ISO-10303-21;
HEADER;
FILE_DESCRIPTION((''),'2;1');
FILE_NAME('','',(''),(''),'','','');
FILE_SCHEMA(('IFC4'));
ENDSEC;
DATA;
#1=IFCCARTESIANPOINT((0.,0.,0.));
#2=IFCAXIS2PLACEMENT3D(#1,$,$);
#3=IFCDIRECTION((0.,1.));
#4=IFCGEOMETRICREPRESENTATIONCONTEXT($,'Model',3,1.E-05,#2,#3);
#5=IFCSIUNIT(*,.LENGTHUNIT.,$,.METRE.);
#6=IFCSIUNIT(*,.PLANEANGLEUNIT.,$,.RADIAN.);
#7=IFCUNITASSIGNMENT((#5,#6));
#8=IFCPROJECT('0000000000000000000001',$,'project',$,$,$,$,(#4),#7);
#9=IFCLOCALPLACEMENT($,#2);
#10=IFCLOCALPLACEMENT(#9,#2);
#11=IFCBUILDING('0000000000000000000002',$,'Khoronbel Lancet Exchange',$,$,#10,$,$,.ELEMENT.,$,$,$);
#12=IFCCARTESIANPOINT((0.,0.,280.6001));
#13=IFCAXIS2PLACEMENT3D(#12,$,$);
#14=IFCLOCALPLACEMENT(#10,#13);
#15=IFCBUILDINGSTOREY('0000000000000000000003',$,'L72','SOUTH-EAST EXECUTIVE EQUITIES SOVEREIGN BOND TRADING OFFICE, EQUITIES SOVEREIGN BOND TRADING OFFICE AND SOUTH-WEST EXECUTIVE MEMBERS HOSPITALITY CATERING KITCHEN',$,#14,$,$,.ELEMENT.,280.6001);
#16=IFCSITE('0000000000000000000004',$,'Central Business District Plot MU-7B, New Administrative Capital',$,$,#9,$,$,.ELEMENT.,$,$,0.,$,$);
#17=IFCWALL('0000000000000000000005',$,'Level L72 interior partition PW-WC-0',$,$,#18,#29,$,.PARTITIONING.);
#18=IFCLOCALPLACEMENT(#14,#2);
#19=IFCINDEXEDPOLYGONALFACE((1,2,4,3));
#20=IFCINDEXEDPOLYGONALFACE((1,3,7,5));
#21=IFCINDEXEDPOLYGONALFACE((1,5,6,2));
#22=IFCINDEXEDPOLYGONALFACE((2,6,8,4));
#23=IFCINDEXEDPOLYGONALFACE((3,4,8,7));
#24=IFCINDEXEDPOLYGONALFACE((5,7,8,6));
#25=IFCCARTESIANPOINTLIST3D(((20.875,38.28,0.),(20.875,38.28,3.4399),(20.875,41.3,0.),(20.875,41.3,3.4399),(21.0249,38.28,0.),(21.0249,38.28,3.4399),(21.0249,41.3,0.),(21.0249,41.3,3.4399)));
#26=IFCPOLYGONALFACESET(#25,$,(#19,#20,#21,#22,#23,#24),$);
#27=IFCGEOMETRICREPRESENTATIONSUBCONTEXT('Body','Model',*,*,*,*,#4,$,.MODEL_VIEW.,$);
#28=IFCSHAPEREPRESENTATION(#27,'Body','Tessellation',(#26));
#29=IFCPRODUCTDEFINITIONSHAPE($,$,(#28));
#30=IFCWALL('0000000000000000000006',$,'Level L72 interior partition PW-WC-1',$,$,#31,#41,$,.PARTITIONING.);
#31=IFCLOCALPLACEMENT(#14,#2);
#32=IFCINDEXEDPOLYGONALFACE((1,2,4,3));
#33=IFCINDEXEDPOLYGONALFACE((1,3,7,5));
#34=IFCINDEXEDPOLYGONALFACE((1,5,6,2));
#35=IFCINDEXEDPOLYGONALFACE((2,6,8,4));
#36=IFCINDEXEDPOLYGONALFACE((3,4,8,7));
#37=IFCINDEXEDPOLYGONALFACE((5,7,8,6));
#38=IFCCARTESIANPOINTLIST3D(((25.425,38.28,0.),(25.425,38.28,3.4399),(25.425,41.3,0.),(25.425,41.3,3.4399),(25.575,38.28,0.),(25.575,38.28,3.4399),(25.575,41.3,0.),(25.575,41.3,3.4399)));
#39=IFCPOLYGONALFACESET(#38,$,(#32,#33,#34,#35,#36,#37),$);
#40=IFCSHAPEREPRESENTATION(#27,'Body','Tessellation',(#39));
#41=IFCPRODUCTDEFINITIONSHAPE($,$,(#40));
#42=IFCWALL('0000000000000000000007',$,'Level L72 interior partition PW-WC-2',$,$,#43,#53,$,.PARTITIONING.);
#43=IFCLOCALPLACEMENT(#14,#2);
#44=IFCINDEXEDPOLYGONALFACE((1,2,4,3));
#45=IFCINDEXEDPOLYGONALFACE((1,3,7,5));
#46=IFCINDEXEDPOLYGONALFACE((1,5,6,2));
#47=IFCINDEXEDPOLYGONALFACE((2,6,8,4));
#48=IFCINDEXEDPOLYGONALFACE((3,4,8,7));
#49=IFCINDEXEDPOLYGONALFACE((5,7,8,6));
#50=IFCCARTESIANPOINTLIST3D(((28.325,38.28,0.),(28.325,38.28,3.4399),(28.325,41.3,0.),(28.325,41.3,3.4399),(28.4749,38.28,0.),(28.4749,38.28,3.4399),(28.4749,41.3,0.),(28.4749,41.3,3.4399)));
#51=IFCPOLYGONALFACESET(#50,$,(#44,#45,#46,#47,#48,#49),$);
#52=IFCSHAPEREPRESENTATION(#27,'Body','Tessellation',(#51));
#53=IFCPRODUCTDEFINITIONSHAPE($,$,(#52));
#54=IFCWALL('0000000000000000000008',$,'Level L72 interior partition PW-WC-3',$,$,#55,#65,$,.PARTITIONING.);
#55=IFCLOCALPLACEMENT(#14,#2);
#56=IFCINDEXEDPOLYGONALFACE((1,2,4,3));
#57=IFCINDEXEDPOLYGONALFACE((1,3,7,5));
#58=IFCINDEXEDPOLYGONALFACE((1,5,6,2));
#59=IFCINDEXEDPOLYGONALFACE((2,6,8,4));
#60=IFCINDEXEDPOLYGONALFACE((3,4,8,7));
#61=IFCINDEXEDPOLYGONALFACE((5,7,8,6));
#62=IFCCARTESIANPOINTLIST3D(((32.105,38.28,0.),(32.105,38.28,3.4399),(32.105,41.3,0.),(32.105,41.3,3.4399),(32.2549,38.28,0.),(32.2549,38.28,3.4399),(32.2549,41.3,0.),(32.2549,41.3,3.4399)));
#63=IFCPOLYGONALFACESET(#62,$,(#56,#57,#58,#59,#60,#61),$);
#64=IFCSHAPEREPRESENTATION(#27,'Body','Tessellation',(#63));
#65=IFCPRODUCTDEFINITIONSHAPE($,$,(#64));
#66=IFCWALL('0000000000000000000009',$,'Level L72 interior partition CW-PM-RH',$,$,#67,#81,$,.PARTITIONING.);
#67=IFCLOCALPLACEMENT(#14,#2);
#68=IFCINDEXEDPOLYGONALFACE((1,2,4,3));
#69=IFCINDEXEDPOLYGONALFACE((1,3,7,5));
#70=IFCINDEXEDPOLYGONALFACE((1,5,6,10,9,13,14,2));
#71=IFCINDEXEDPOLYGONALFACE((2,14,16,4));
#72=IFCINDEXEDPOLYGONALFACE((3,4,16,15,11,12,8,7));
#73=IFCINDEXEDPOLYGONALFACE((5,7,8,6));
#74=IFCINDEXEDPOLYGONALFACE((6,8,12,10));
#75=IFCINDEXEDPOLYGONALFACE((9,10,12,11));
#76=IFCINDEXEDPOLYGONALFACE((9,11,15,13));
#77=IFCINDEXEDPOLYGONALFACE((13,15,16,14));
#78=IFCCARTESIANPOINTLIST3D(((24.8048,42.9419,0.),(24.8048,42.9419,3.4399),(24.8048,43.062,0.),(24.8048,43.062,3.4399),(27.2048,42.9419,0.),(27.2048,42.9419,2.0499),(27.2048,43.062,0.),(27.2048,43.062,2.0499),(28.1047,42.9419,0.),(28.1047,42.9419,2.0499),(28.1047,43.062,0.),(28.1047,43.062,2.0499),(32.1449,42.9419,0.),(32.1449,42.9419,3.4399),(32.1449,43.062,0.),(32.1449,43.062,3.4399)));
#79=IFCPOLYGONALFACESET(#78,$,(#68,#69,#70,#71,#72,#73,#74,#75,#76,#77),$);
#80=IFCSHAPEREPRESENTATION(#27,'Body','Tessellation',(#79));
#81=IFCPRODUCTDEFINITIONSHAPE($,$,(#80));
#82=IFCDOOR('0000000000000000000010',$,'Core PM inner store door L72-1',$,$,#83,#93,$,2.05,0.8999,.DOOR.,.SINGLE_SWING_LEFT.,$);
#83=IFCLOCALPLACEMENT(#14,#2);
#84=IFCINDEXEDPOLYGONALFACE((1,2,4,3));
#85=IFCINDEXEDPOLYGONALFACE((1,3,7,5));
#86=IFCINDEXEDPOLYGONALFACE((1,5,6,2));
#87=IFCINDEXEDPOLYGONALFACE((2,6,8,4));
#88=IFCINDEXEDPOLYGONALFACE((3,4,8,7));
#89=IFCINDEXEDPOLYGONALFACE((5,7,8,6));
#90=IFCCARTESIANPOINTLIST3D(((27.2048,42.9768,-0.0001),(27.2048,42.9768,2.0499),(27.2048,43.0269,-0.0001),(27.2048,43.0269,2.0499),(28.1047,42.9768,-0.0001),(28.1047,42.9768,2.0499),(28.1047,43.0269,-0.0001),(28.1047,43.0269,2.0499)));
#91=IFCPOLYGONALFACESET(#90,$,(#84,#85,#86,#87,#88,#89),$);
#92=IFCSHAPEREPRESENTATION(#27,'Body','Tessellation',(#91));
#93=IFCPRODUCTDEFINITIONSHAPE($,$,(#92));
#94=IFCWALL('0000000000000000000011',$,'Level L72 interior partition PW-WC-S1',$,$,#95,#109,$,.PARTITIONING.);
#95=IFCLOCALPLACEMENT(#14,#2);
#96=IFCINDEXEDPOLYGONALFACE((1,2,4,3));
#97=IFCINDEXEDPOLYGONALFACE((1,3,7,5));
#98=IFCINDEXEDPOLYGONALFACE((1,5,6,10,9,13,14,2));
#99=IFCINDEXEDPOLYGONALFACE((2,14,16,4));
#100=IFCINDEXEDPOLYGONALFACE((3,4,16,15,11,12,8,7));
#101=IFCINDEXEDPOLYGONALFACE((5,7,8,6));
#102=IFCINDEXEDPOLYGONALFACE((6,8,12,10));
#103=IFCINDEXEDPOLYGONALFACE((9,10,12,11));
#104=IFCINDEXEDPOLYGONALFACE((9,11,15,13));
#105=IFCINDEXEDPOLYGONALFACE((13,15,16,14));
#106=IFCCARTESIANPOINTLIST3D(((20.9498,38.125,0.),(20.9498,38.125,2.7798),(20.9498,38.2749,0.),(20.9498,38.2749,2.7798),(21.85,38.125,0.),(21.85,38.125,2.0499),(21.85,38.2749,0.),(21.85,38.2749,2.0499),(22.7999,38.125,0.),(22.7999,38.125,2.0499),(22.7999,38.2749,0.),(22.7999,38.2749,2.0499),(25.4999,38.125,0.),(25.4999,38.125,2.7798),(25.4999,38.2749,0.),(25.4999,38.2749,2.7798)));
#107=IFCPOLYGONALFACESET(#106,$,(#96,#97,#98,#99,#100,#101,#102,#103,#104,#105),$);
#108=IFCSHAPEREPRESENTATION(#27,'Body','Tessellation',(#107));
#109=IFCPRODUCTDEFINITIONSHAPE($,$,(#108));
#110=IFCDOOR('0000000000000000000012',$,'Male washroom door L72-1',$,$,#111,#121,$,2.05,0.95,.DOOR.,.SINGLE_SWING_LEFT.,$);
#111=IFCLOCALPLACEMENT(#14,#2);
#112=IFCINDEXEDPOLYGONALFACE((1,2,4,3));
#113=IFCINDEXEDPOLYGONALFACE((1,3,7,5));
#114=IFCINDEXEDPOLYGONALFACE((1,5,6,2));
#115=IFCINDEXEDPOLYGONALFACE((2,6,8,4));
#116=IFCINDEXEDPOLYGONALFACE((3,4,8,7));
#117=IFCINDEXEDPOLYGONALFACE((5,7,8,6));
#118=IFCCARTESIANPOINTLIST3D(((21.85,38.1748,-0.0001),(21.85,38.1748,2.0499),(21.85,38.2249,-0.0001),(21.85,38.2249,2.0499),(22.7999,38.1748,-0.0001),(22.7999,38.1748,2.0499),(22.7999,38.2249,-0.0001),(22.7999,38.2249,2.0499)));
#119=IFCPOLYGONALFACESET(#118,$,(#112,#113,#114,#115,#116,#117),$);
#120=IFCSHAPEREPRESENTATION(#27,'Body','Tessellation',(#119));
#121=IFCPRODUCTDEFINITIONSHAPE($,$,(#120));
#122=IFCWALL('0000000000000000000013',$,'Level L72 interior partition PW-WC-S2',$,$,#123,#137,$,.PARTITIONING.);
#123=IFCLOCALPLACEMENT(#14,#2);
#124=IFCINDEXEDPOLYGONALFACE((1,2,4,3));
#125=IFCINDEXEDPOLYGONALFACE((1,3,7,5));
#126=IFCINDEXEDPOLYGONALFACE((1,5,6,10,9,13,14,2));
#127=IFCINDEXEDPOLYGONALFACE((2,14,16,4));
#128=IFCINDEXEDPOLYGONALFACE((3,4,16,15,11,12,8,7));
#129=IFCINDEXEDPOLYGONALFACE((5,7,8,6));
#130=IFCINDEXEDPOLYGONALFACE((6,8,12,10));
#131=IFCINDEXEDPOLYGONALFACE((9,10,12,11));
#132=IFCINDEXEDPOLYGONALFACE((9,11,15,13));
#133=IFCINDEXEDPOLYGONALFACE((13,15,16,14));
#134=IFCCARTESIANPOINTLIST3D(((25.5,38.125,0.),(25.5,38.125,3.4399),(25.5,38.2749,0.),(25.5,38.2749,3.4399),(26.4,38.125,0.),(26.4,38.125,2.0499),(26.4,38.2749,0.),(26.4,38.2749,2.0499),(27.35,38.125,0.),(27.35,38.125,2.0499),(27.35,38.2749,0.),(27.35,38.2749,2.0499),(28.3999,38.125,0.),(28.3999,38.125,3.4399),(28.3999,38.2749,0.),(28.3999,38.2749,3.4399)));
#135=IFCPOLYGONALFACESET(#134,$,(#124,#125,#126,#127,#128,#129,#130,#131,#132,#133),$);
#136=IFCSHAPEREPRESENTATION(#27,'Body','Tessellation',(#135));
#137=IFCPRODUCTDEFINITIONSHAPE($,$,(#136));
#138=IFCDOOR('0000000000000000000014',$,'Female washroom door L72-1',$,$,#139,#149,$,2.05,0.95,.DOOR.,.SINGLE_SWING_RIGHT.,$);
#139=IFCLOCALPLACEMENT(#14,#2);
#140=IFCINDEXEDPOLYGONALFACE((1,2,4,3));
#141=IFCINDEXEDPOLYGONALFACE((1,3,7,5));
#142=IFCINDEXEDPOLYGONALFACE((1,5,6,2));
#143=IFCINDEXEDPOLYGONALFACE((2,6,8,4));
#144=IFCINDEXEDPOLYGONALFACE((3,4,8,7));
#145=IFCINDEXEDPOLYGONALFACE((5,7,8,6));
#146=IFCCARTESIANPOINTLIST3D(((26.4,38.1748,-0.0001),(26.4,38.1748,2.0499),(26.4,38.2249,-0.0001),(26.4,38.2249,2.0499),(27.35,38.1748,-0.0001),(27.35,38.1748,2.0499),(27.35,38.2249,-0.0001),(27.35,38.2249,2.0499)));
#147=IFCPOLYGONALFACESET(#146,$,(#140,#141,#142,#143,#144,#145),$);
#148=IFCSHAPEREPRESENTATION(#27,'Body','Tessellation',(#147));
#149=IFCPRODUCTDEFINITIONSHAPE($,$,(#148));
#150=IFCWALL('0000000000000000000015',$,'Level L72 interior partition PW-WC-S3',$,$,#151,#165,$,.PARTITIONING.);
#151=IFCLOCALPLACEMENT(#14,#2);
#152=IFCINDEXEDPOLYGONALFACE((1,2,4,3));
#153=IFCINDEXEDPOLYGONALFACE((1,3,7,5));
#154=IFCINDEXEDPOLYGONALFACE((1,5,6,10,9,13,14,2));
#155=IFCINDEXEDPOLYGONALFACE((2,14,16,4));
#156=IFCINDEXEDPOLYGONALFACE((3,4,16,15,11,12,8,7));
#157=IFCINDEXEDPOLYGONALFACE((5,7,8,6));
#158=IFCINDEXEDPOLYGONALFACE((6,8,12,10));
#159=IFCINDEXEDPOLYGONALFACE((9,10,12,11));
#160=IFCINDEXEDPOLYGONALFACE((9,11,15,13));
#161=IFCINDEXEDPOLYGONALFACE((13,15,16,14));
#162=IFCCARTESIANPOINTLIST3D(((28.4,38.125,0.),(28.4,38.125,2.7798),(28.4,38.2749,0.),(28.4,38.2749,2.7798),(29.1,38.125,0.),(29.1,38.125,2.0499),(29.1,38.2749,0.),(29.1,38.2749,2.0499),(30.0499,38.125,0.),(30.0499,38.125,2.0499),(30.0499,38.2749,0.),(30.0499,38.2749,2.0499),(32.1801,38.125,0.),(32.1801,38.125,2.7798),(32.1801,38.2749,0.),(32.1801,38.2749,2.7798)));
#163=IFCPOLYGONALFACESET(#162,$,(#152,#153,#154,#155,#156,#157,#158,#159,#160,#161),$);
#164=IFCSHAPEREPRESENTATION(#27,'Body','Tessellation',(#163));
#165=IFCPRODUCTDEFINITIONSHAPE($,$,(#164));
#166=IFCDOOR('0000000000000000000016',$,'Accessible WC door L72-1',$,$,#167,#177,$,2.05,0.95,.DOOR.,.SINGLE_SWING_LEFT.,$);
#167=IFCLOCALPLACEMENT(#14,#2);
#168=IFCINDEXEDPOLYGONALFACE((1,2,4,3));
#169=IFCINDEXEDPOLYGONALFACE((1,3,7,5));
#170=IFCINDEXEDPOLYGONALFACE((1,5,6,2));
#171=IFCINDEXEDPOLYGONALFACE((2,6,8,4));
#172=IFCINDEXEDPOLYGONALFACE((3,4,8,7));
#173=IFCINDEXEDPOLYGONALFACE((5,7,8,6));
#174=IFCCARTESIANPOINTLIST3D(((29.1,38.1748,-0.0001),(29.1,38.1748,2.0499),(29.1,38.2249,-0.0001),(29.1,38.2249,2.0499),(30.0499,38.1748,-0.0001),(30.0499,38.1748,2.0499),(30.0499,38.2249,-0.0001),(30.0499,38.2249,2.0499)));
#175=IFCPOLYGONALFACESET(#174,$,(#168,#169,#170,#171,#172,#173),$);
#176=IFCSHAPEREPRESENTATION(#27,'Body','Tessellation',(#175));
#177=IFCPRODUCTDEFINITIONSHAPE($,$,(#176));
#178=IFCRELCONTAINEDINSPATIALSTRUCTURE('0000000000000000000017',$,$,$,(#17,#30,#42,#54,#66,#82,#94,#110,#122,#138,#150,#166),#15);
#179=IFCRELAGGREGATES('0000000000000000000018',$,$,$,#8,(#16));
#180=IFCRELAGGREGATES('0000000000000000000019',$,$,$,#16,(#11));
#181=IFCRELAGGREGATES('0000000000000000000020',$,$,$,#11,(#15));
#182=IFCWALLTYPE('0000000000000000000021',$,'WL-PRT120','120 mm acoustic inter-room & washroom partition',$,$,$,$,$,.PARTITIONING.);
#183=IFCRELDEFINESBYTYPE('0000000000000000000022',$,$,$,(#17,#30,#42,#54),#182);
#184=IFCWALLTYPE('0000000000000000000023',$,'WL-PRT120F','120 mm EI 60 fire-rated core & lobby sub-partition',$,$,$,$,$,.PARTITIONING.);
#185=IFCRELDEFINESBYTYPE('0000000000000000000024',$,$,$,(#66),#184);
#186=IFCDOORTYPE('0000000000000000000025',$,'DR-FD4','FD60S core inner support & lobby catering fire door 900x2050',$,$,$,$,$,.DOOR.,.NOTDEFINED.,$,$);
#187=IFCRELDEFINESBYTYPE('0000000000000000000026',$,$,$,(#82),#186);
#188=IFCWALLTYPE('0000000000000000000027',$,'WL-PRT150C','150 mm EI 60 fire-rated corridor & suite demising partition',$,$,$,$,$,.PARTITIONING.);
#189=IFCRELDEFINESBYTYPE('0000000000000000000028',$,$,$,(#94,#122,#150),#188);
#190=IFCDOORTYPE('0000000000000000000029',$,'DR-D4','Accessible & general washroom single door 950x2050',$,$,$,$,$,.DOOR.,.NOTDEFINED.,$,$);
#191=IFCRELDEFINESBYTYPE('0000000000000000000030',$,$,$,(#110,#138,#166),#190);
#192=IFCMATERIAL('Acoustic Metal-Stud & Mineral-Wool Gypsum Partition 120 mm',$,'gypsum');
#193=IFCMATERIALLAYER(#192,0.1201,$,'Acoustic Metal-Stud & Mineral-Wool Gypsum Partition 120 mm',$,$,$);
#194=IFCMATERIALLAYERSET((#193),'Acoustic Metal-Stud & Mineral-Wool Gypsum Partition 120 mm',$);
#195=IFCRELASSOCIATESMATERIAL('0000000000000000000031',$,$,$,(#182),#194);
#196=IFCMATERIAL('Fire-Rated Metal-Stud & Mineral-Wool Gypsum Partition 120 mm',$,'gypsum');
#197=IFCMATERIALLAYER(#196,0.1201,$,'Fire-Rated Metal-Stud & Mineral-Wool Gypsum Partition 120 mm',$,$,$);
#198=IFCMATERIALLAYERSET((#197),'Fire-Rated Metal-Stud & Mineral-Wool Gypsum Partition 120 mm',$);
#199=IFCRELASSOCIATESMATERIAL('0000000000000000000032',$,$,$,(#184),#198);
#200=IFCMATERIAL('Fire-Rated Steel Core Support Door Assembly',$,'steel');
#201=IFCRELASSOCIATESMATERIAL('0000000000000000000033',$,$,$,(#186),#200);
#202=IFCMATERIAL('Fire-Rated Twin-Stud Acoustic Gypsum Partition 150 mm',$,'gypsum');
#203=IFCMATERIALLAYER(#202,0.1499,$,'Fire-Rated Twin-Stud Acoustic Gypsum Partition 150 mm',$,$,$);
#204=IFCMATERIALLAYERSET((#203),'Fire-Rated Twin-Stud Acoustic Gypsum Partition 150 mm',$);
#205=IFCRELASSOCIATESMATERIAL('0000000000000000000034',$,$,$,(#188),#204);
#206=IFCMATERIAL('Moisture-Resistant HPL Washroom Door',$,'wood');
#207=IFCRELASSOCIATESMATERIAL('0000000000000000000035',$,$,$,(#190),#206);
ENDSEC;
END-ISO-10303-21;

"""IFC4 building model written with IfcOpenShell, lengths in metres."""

from ifc_helpers import new_model, si_unit, direction, frame, frame_2d, origin, place, context, subcontext, project, spatial, rectangle, extrude, material, layer, layer_set, type_object, element, fill, save


model = new_model("IFC4")

# Units and contexts
model_context = context("Model", 3, precision=1e-05, world=origin(), true_north=direction((0.0, 1.0)))
body_context = subcontext(model_context, "Body", "Model", "MODEL_VIEW")
ifc_project = project(units=[si_unit("LENGTHUNIT", "METRE"), si_unit("PLANEANGLEUNIT", "RADIAN")], contexts=[model_context])

# Site, building, storey
site_placement = place(None, origin())
site = spatial("IfcSite", under=ifc_project, at=site_placement, Name="Central Business District Plot MU-7B, New Administrative Capital", CompositionType="ELEMENT", RefElevation=0.0)
building_placement = place(site_placement, origin())
building = spatial("IfcBuilding", under=site, at=building_placement, Name="Khoronbel Lancet Exchange", CompositionType="ELEMENT")
storey_placement = place(building_placement, frame((0.0, 0.0, 280.6001)))
storey = spatial("IfcBuildingStorey", under=building, at=storey_placement, Name="L72", Description="SOUTH-EAST EXECUTIVE EQUITIES SOVEREIGN BOND TRADING OFFICE, EQUITIES SOVEREIGN BOND TRADING OFFICE AND SOUTH-WEST EXECUTIVE MEMBERS HOSPITALITY CATERING KITCHEN", CompositionType="ELEMENT", Elevation=280.6001)

# Walls
ifc_material_1 = material(Name="Acoustic Metal-Stud & Mineral-Wool Gypsum Partition 120 mm", Category="gypsum")
ifc_layer_1 = layer(ifc_material_1, 0.1201, Name="Acoustic Metal-Stud & Mineral-Wool Gypsum Partition 120 mm")
ifc_layer_set_1 = layer_set([ifc_layer_1], Name="Acoustic Metal-Stud & Mineral-Wool Gypsum Partition 120 mm")
wall_type_1 = type_object("IfcWallType", Name="WL-PRT120", Description="120 mm acoustic inter-room & washroom partition", PredefinedType="PARTITIONING", material=ifc_layer_set_1)
for number, where, z_axis, x_axis, name in (
    (1, (20.95, 38.28, 0.0), (0.0, 0.0, 1.0), (0.0, 1.0, 0.0), "Level L72 interior partition PW-WC-0"),
    (2, (25.5, 38.28, 0.0), (0.0, 0.0, 1.0), (0.0, 1.0, 0.0), "Level L72 interior partition PW-WC-1"),
    (3, (28.3999, 38.28, 0.0), (0.0, 0.0, 1.0), (0.0, 1.0, 0.0), "Level L72 interior partition PW-WC-2"),
    (4, (32.1799, 38.28, 0.0), (0.0, 0.0, 1.0), (0.0, 1.0, 0.0), "Level L72 interior partition PW-WC-3"),
):
    element("IfcWall", number, at=place(storey_placement, frame(where, z_axis=z_axis, x_axis=x_axis)), inside=storey, type_object=wall_type_1, Name=name, PredefinedType="PARTITIONING", context=body_context, shape_type="SweptSolid", body=[
        extrude(rectangle(XDim=3.02, YDim=0.1499, at=frame_2d((1.51, 0.0))), origin(), (0.0, 0.0, 1.0), 3.4399),
    ])

# Walls, openings, doors
ifc_material_2 = material(Name="Fire-Rated Metal-Stud & Mineral-Wool Gypsum Partition 120 mm", Category="gypsum")
ifc_layer_2 = layer(ifc_material_2, 0.1201, Name="Fire-Rated Metal-Stud & Mineral-Wool Gypsum Partition 120 mm")
ifc_layer_set_2 = layer_set([ifc_layer_2], Name="Fire-Rated Metal-Stud & Mineral-Wool Gypsum Partition 120 mm")
wall_type_2 = type_object("IfcWallType", Name="WL-PRT120F", Description="120 mm EI 60 fire-rated core & lobby sub-partition", PredefinedType="PARTITIONING", material=ifc_layer_set_2)
wall_1_placement = place(storey_placement, frame((24.8049, 43.002, 0.0), z_axis=(0.0, 0.0, 1.0), x_axis=(1.0, 0.0, 0.0)))
wall_1 = element("IfcWall", 5, at=wall_1_placement, inside=storey, type_object=wall_type_2, Name="Level L72 interior partition CW-PM-RH", PredefinedType="PARTITIONING", context=body_context, shape_type="SweptSolid", body=[
    extrude(rectangle(XDim=7.3401, YDim=0.1201, at=frame_2d((3.6699, 0.0))), origin(), (0.0, 0.0, 1.0), 3.4399),
])
opening_1_placement = place(wall_1_placement, frame((2.3999, 0.0, 0.0)))
opening_1 = element("IfcOpeningElement", 6, at=opening_1_placement, cuts=wall_1, PredefinedType="OPENING", context=body_context, shape_type="SweptSolid", body=[
    extrude(rectangle(XDim=0.8999, YDim=2.05, at=frame_2d((0.45, 1.0249))), frame((0.0, 0.0701, 0.0), z_axis=(0.0, -1.0, 0.0), x_axis=(1.0, 0.0, 0.0)), (0.0, 0.0, 1.0), 0.1401),
])
ifc_material_3 = material(Name="Fire-Rated Steel Core Support Door Assembly", Category="steel")
door_type_1 = type_object("IfcDoorType", Name="DR-FD4", Description="FD60S core inner support & lobby catering fire door 900x2050", OperationType="NOTDEFINED", PredefinedType="DOOR", material=ifc_material_3)
door_1_placement = place(opening_1_placement, origin())
door_1 = element("IfcDoor", 7, at=door_1_placement, inside=storey, type_object=door_type_1, Name="Core PM inner store door L72-1", OperationType="SINGLE_SWING_LEFT", OverallHeight=2.05, OverallWidth=0.8999, PredefinedType="DOOR", context=body_context, shape_type="SweptSolid", body=[
    extrude(rectangle(XDim=0.8999, YDim=2.05, at=frame_2d((0.45, 1.0249))), frame((0.0, 0.0249, 0.0), z_axis=(0.0, -1.0, 0.0), x_axis=(1.0, 0.0, 0.0)), (0.0, 0.0, 1.0), 0.05),
])
fill(opening_1, door_1)
ifc_material_4 = material(Name="Fire-Rated Twin-Stud Acoustic Gypsum Partition 150 mm", Category="gypsum")
ifc_layer_3 = layer(ifc_material_4, 0.1499, Name="Fire-Rated Twin-Stud Acoustic Gypsum Partition 150 mm")
ifc_layer_set_3 = layer_set([ifc_layer_3], Name="Fire-Rated Twin-Stud Acoustic Gypsum Partition 150 mm")
wall_type_3 = type_object("IfcWallType", Name="WL-PRT150C", Description="150 mm EI 60 fire-rated corridor & suite demising partition", PredefinedType="PARTITIONING", material=ifc_layer_set_3)
wall_2_placement = place(storey_placement, frame((20.95, 38.2, 0.0), z_axis=(0.0, 0.0, 1.0), x_axis=(1.0, 0.0, 0.0)))
wall_2 = element("IfcWall", 8, at=wall_2_placement, inside=storey, type_object=wall_type_3, Name="Level L72 interior partition PW-WC-S1", PredefinedType="PARTITIONING", context=body_context, shape_type="SweptSolid", body=[
    extrude(rectangle(XDim=4.55, YDim=0.1499, at=frame_2d((2.2749, 0.0))), origin(), (0.0, 0.0, 1.0), 2.7798),
])
opening_2_placement = place(wall_2_placement, frame((0.8999, 0.0, 0.0)))
opening_2 = element("IfcOpeningElement", 9, at=opening_2_placement, cuts=wall_2, PredefinedType="OPENING", context=body_context, shape_type="SweptSolid", body=[
    extrude(rectangle(XDim=0.95, YDim=2.05, at=frame_2d((0.4751, 1.0249))), frame((0.0, 0.085, 0.0), z_axis=(0.0, -1.0, 0.0), x_axis=(1.0, 0.0, 0.0)), (0.0, 0.0, 1.0), 0.1699),
])
ifc_material_5 = material(Name="Moisture-Resistant HPL Washroom Door", Category="wood")
door_type_2 = type_object("IfcDoorType", Name="DR-D4", Description="Accessible & general washroom single door 950x2050", OperationType="NOTDEFINED", PredefinedType="DOOR", material=ifc_material_5)
door_2_placement = place(opening_2_placement, origin())
door_2 = element("IfcDoor", 10, at=door_2_placement, inside=storey, type_object=door_type_2, Name="Male washroom door L72-1", OperationType="SINGLE_SWING_LEFT", OverallHeight=2.05, OverallWidth=0.95, PredefinedType="DOOR", context=body_context, shape_type="SweptSolid", body=[
    extrude(rectangle(XDim=0.95, YDim=2.05, at=frame_2d((0.4751, 1.0249))), frame((0.0, 0.0249, 0.0), z_axis=(0.0, -1.0, 0.0), x_axis=(1.0, 0.0, 0.0)), (0.0, 0.0, 1.0), 0.05),
])
fill(opening_2, door_2)
wall_3_placement = place(storey_placement, frame((25.5, 38.2, 0.0), z_axis=(0.0, 0.0, 1.0), x_axis=(1.0, 0.0, 0.0)))
wall_3 = element("IfcWall", 11, at=wall_3_placement, inside=storey, type_object=wall_type_3, Name="Level L72 interior partition PW-WC-S2", PredefinedType="PARTITIONING", context=body_context, shape_type="SweptSolid", body=[
    extrude(rectangle(XDim=2.8999, YDim=0.1499, at=frame_2d((1.45, 0.0))), origin(), (0.0, 0.0, 1.0), 3.4399),
])
opening_3_placement = place(wall_3_placement, frame((0.8999, 0.0, 0.0)))
opening_3 = element("IfcOpeningElement", 12, at=opening_3_placement, cuts=wall_3, PredefinedType="OPENING", context=body_context, shape_type="SweptSolid", body=[
    extrude(rectangle(XDim=0.95, YDim=2.05, at=frame_2d((0.4751, 1.0249))), frame((0.0, 0.085, 0.0), z_axis=(0.0, -1.0, 0.0), x_axis=(1.0, 0.0, 0.0)), (0.0, 0.0, 1.0), 0.1699),
])
door_3_placement = place(opening_3_placement, origin())
door_3 = element("IfcDoor", 13, at=door_3_placement, inside=storey, type_object=door_type_2, Name="Female washroom door L72-1", OperationType="SINGLE_SWING_RIGHT", OverallHeight=2.05, OverallWidth=0.95, PredefinedType="DOOR", context=body_context, shape_type="SweptSolid", body=[
    extrude(rectangle(XDim=0.95, YDim=2.05, at=frame_2d((0.4751, 1.0249))), frame((0.0, 0.0249, 0.0), z_axis=(0.0, -1.0, 0.0), x_axis=(1.0, 0.0, 0.0)), (0.0, 0.0, 1.0), 0.05),
])
fill(opening_3, door_3)
wall_4_placement = place(storey_placement, frame((28.3999, 38.2, 0.0), z_axis=(0.0, 0.0, 1.0), x_axis=(1.0, 0.0, 0.0)))
wall_4 = element("IfcWall", 14, at=wall_4_placement, inside=storey, type_object=wall_type_3, Name="Level L72 interior partition PW-WC-S3", PredefinedType="PARTITIONING", context=body_context, shape_type="SweptSolid", body=[
    extrude(rectangle(XDim=3.78, YDim=0.1499, at=frame_2d((1.8901, 0.0))), origin(), (0.0, 0.0, 1.0), 2.7798),
])
opening_4_placement = place(wall_4_placement, frame((0.7, 0.0, 0.0)))
opening_4 = element("IfcOpeningElement", 15, at=opening_4_placement, cuts=wall_4, PredefinedType="OPENING", context=body_context, shape_type="SweptSolid", body=[
    extrude(rectangle(XDim=0.95, YDim=2.05, at=frame_2d((0.4751, 1.0249))), frame((0.0, 0.085, 0.0), z_axis=(0.0, -1.0, 0.0), x_axis=(1.0, 0.0, 0.0)), (0.0, 0.0, 1.0), 0.1699),
])
door_4_placement = place(opening_4_placement, origin())
door_4 = element("IfcDoor", 16, at=door_4_placement, inside=storey, type_object=door_type_2, Name="Accessible WC door L72-1", OperationType="SINGLE_SWING_LEFT", OverallHeight=2.05, OverallWidth=0.95, PredefinedType="DOOR", context=body_context, shape_type="SweptSolid", body=[
    extrude(rectangle(XDim=0.95, YDim=2.05, at=frame_2d((0.4751, 1.0249))), frame((0.0, 0.0249, 0.0), z_axis=(0.0, -1.0, 0.0), x_axis=(1.0, 0.0, 0.0)), (0.0, 0.0, 1.0), 0.05),
])
fill(opening_4, door_4)

save(model, "model.ifc")
